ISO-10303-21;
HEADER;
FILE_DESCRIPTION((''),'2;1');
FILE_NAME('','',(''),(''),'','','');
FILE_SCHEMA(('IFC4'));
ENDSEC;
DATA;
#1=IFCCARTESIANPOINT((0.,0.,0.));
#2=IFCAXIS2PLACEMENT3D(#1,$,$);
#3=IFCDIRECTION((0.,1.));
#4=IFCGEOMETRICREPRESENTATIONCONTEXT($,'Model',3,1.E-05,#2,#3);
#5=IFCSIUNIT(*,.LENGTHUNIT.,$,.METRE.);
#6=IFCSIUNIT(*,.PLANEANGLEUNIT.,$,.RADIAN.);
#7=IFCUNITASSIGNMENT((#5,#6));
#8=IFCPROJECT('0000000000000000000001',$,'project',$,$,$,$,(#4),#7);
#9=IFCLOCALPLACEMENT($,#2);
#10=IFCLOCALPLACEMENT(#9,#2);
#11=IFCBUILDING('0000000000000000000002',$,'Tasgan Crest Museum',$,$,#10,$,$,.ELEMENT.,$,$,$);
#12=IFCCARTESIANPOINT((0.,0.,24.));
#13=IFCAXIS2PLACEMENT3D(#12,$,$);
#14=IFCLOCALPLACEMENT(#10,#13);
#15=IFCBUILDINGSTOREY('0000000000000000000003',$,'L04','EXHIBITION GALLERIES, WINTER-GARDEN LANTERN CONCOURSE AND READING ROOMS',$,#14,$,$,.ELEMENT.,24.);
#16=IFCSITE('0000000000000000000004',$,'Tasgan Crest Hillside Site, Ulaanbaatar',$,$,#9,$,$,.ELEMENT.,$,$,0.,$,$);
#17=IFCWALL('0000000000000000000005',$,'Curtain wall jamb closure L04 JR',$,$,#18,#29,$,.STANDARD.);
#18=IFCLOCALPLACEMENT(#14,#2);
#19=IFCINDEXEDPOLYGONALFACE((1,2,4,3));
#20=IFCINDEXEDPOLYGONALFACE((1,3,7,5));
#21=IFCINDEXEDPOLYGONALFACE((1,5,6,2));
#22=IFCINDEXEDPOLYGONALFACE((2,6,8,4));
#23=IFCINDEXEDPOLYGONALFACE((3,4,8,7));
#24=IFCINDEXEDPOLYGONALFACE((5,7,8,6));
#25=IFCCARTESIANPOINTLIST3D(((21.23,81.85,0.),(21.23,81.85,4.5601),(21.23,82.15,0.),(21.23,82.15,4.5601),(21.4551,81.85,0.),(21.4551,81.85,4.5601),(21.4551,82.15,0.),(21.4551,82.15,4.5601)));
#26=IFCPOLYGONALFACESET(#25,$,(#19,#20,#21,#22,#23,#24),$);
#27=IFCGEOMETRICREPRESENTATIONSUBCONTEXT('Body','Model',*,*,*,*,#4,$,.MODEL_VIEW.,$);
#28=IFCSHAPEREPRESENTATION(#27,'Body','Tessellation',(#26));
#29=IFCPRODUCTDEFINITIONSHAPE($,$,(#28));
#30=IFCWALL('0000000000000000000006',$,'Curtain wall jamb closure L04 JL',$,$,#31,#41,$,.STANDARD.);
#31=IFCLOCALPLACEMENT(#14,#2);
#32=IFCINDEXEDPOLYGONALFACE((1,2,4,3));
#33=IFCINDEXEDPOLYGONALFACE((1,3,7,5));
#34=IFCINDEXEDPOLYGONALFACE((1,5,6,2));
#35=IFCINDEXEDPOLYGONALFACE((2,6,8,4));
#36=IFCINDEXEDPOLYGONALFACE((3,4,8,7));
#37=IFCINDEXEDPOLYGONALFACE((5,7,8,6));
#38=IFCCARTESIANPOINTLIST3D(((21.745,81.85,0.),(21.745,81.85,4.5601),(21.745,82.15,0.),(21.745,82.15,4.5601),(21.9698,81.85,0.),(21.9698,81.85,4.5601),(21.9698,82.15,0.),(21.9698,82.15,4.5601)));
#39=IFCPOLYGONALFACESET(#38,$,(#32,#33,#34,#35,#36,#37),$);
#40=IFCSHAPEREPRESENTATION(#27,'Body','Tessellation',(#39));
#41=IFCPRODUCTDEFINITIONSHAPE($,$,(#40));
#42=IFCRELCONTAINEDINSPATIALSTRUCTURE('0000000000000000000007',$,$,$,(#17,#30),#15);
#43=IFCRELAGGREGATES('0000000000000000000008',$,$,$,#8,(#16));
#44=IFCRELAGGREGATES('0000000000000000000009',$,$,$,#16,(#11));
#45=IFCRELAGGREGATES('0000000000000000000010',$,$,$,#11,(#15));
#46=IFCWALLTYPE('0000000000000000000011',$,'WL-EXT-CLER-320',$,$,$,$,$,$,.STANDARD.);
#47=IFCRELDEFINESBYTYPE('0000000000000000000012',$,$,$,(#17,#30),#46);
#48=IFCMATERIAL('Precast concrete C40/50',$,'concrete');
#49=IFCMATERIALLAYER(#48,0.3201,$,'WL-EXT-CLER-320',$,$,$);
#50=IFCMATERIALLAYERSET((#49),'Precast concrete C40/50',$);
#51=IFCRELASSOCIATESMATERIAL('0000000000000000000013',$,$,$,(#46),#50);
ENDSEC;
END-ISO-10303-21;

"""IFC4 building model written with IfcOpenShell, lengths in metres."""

from ifc_helpers import new_model, si_unit, direction, frame, frame_2d, origin, place, context, subcontext, project, spatial, rectangle, extrude, material, layer, layer_set, type_object, element, save


model = new_model("IFC4")

# Units and contexts
model_context = context("Model", 3, precision=1e-05, world=origin(), true_north=direction((0.0, 1.0)))
body_context = subcontext(model_context, "Body", "Model", "MODEL_VIEW")
ifc_project = project(units=[si_unit("LENGTHUNIT", "METRE"), si_unit("PLANEANGLEUNIT", "RADIAN")], contexts=[model_context])

# Site, building, storey
site_placement = place(None, origin())
site = spatial("IfcSite", under=ifc_project, at=site_placement, Name="Tasgan Crest Hillside Site, Ulaanbaatar", CompositionType="ELEMENT", RefElevation=0.0)
building_placement = place(site_placement, origin())
building = spatial("IfcBuilding", under=site, at=building_placement, Name="Tasgan Crest Museum", CompositionType="ELEMENT")
storey_placement = place(building_placement, frame((0.0, 0.0, 24.0)))
storey = spatial("IfcBuildingStorey", under=building, at=storey_placement, Name="L04", Description="EXHIBITION GALLERIES, WINTER-GARDEN LANTERN CONCOURSE AND READING ROOMS", CompositionType="ELEMENT", Elevation=24.0)

# Walls
ifc_material_1 = material(Name="Precast concrete C40/50", Category="concrete")
ifc_layer_1 = layer(ifc_material_1, 0.3201, Name="WL-EXT-CLER-320")
ifc_layer_set_1 = layer_set([ifc_layer_1], Name="Precast concrete C40/50")
wall_type = type_object("IfcWallType", Name="WL-EXT-CLER-320", PredefinedType="STANDARD", material=ifc_layer_set_1)
wall_1_placement = place(storey_placement, frame((21.23, 82.0, 0.0), z_axis=(0.0, 0.0, 1.0), x_axis=(1.0, 0.0, 0.0)))
element("IfcWall", 1, at=wall_1_placement, inside=storey, type_object=wall_type, Name="Curtain wall jamb closure L04 JR", PredefinedType="STANDARD", context=body_context, shape_type="SweptSolid", body=[
    extrude(rectangle(XDim=0.2251, YDim=0.3, at=frame_2d((0.1125, 0.0))), origin(), (0.0, 0.0, 1.0), 4.5601),
])
wall_2_placement = place(storey_placement, frame((21.7451, 82.0, 0.0), z_axis=(0.0, 0.0, 1.0), x_axis=(1.0, 0.0, 0.0)))
element("IfcWall", 2, at=wall_2_placement, inside=storey, type_object=wall_type, Name="Curtain wall jamb closure L04 JL", PredefinedType="STANDARD", context=body_context, shape_type="SweptSolid", body=[
    extrude(rectangle(XDim=0.2249, YDim=0.3, at=frame_2d((0.1123, 0.0))), origin(), (0.0, 0.0, 1.0), 4.5601),
])

save(model, "model.ifc")
